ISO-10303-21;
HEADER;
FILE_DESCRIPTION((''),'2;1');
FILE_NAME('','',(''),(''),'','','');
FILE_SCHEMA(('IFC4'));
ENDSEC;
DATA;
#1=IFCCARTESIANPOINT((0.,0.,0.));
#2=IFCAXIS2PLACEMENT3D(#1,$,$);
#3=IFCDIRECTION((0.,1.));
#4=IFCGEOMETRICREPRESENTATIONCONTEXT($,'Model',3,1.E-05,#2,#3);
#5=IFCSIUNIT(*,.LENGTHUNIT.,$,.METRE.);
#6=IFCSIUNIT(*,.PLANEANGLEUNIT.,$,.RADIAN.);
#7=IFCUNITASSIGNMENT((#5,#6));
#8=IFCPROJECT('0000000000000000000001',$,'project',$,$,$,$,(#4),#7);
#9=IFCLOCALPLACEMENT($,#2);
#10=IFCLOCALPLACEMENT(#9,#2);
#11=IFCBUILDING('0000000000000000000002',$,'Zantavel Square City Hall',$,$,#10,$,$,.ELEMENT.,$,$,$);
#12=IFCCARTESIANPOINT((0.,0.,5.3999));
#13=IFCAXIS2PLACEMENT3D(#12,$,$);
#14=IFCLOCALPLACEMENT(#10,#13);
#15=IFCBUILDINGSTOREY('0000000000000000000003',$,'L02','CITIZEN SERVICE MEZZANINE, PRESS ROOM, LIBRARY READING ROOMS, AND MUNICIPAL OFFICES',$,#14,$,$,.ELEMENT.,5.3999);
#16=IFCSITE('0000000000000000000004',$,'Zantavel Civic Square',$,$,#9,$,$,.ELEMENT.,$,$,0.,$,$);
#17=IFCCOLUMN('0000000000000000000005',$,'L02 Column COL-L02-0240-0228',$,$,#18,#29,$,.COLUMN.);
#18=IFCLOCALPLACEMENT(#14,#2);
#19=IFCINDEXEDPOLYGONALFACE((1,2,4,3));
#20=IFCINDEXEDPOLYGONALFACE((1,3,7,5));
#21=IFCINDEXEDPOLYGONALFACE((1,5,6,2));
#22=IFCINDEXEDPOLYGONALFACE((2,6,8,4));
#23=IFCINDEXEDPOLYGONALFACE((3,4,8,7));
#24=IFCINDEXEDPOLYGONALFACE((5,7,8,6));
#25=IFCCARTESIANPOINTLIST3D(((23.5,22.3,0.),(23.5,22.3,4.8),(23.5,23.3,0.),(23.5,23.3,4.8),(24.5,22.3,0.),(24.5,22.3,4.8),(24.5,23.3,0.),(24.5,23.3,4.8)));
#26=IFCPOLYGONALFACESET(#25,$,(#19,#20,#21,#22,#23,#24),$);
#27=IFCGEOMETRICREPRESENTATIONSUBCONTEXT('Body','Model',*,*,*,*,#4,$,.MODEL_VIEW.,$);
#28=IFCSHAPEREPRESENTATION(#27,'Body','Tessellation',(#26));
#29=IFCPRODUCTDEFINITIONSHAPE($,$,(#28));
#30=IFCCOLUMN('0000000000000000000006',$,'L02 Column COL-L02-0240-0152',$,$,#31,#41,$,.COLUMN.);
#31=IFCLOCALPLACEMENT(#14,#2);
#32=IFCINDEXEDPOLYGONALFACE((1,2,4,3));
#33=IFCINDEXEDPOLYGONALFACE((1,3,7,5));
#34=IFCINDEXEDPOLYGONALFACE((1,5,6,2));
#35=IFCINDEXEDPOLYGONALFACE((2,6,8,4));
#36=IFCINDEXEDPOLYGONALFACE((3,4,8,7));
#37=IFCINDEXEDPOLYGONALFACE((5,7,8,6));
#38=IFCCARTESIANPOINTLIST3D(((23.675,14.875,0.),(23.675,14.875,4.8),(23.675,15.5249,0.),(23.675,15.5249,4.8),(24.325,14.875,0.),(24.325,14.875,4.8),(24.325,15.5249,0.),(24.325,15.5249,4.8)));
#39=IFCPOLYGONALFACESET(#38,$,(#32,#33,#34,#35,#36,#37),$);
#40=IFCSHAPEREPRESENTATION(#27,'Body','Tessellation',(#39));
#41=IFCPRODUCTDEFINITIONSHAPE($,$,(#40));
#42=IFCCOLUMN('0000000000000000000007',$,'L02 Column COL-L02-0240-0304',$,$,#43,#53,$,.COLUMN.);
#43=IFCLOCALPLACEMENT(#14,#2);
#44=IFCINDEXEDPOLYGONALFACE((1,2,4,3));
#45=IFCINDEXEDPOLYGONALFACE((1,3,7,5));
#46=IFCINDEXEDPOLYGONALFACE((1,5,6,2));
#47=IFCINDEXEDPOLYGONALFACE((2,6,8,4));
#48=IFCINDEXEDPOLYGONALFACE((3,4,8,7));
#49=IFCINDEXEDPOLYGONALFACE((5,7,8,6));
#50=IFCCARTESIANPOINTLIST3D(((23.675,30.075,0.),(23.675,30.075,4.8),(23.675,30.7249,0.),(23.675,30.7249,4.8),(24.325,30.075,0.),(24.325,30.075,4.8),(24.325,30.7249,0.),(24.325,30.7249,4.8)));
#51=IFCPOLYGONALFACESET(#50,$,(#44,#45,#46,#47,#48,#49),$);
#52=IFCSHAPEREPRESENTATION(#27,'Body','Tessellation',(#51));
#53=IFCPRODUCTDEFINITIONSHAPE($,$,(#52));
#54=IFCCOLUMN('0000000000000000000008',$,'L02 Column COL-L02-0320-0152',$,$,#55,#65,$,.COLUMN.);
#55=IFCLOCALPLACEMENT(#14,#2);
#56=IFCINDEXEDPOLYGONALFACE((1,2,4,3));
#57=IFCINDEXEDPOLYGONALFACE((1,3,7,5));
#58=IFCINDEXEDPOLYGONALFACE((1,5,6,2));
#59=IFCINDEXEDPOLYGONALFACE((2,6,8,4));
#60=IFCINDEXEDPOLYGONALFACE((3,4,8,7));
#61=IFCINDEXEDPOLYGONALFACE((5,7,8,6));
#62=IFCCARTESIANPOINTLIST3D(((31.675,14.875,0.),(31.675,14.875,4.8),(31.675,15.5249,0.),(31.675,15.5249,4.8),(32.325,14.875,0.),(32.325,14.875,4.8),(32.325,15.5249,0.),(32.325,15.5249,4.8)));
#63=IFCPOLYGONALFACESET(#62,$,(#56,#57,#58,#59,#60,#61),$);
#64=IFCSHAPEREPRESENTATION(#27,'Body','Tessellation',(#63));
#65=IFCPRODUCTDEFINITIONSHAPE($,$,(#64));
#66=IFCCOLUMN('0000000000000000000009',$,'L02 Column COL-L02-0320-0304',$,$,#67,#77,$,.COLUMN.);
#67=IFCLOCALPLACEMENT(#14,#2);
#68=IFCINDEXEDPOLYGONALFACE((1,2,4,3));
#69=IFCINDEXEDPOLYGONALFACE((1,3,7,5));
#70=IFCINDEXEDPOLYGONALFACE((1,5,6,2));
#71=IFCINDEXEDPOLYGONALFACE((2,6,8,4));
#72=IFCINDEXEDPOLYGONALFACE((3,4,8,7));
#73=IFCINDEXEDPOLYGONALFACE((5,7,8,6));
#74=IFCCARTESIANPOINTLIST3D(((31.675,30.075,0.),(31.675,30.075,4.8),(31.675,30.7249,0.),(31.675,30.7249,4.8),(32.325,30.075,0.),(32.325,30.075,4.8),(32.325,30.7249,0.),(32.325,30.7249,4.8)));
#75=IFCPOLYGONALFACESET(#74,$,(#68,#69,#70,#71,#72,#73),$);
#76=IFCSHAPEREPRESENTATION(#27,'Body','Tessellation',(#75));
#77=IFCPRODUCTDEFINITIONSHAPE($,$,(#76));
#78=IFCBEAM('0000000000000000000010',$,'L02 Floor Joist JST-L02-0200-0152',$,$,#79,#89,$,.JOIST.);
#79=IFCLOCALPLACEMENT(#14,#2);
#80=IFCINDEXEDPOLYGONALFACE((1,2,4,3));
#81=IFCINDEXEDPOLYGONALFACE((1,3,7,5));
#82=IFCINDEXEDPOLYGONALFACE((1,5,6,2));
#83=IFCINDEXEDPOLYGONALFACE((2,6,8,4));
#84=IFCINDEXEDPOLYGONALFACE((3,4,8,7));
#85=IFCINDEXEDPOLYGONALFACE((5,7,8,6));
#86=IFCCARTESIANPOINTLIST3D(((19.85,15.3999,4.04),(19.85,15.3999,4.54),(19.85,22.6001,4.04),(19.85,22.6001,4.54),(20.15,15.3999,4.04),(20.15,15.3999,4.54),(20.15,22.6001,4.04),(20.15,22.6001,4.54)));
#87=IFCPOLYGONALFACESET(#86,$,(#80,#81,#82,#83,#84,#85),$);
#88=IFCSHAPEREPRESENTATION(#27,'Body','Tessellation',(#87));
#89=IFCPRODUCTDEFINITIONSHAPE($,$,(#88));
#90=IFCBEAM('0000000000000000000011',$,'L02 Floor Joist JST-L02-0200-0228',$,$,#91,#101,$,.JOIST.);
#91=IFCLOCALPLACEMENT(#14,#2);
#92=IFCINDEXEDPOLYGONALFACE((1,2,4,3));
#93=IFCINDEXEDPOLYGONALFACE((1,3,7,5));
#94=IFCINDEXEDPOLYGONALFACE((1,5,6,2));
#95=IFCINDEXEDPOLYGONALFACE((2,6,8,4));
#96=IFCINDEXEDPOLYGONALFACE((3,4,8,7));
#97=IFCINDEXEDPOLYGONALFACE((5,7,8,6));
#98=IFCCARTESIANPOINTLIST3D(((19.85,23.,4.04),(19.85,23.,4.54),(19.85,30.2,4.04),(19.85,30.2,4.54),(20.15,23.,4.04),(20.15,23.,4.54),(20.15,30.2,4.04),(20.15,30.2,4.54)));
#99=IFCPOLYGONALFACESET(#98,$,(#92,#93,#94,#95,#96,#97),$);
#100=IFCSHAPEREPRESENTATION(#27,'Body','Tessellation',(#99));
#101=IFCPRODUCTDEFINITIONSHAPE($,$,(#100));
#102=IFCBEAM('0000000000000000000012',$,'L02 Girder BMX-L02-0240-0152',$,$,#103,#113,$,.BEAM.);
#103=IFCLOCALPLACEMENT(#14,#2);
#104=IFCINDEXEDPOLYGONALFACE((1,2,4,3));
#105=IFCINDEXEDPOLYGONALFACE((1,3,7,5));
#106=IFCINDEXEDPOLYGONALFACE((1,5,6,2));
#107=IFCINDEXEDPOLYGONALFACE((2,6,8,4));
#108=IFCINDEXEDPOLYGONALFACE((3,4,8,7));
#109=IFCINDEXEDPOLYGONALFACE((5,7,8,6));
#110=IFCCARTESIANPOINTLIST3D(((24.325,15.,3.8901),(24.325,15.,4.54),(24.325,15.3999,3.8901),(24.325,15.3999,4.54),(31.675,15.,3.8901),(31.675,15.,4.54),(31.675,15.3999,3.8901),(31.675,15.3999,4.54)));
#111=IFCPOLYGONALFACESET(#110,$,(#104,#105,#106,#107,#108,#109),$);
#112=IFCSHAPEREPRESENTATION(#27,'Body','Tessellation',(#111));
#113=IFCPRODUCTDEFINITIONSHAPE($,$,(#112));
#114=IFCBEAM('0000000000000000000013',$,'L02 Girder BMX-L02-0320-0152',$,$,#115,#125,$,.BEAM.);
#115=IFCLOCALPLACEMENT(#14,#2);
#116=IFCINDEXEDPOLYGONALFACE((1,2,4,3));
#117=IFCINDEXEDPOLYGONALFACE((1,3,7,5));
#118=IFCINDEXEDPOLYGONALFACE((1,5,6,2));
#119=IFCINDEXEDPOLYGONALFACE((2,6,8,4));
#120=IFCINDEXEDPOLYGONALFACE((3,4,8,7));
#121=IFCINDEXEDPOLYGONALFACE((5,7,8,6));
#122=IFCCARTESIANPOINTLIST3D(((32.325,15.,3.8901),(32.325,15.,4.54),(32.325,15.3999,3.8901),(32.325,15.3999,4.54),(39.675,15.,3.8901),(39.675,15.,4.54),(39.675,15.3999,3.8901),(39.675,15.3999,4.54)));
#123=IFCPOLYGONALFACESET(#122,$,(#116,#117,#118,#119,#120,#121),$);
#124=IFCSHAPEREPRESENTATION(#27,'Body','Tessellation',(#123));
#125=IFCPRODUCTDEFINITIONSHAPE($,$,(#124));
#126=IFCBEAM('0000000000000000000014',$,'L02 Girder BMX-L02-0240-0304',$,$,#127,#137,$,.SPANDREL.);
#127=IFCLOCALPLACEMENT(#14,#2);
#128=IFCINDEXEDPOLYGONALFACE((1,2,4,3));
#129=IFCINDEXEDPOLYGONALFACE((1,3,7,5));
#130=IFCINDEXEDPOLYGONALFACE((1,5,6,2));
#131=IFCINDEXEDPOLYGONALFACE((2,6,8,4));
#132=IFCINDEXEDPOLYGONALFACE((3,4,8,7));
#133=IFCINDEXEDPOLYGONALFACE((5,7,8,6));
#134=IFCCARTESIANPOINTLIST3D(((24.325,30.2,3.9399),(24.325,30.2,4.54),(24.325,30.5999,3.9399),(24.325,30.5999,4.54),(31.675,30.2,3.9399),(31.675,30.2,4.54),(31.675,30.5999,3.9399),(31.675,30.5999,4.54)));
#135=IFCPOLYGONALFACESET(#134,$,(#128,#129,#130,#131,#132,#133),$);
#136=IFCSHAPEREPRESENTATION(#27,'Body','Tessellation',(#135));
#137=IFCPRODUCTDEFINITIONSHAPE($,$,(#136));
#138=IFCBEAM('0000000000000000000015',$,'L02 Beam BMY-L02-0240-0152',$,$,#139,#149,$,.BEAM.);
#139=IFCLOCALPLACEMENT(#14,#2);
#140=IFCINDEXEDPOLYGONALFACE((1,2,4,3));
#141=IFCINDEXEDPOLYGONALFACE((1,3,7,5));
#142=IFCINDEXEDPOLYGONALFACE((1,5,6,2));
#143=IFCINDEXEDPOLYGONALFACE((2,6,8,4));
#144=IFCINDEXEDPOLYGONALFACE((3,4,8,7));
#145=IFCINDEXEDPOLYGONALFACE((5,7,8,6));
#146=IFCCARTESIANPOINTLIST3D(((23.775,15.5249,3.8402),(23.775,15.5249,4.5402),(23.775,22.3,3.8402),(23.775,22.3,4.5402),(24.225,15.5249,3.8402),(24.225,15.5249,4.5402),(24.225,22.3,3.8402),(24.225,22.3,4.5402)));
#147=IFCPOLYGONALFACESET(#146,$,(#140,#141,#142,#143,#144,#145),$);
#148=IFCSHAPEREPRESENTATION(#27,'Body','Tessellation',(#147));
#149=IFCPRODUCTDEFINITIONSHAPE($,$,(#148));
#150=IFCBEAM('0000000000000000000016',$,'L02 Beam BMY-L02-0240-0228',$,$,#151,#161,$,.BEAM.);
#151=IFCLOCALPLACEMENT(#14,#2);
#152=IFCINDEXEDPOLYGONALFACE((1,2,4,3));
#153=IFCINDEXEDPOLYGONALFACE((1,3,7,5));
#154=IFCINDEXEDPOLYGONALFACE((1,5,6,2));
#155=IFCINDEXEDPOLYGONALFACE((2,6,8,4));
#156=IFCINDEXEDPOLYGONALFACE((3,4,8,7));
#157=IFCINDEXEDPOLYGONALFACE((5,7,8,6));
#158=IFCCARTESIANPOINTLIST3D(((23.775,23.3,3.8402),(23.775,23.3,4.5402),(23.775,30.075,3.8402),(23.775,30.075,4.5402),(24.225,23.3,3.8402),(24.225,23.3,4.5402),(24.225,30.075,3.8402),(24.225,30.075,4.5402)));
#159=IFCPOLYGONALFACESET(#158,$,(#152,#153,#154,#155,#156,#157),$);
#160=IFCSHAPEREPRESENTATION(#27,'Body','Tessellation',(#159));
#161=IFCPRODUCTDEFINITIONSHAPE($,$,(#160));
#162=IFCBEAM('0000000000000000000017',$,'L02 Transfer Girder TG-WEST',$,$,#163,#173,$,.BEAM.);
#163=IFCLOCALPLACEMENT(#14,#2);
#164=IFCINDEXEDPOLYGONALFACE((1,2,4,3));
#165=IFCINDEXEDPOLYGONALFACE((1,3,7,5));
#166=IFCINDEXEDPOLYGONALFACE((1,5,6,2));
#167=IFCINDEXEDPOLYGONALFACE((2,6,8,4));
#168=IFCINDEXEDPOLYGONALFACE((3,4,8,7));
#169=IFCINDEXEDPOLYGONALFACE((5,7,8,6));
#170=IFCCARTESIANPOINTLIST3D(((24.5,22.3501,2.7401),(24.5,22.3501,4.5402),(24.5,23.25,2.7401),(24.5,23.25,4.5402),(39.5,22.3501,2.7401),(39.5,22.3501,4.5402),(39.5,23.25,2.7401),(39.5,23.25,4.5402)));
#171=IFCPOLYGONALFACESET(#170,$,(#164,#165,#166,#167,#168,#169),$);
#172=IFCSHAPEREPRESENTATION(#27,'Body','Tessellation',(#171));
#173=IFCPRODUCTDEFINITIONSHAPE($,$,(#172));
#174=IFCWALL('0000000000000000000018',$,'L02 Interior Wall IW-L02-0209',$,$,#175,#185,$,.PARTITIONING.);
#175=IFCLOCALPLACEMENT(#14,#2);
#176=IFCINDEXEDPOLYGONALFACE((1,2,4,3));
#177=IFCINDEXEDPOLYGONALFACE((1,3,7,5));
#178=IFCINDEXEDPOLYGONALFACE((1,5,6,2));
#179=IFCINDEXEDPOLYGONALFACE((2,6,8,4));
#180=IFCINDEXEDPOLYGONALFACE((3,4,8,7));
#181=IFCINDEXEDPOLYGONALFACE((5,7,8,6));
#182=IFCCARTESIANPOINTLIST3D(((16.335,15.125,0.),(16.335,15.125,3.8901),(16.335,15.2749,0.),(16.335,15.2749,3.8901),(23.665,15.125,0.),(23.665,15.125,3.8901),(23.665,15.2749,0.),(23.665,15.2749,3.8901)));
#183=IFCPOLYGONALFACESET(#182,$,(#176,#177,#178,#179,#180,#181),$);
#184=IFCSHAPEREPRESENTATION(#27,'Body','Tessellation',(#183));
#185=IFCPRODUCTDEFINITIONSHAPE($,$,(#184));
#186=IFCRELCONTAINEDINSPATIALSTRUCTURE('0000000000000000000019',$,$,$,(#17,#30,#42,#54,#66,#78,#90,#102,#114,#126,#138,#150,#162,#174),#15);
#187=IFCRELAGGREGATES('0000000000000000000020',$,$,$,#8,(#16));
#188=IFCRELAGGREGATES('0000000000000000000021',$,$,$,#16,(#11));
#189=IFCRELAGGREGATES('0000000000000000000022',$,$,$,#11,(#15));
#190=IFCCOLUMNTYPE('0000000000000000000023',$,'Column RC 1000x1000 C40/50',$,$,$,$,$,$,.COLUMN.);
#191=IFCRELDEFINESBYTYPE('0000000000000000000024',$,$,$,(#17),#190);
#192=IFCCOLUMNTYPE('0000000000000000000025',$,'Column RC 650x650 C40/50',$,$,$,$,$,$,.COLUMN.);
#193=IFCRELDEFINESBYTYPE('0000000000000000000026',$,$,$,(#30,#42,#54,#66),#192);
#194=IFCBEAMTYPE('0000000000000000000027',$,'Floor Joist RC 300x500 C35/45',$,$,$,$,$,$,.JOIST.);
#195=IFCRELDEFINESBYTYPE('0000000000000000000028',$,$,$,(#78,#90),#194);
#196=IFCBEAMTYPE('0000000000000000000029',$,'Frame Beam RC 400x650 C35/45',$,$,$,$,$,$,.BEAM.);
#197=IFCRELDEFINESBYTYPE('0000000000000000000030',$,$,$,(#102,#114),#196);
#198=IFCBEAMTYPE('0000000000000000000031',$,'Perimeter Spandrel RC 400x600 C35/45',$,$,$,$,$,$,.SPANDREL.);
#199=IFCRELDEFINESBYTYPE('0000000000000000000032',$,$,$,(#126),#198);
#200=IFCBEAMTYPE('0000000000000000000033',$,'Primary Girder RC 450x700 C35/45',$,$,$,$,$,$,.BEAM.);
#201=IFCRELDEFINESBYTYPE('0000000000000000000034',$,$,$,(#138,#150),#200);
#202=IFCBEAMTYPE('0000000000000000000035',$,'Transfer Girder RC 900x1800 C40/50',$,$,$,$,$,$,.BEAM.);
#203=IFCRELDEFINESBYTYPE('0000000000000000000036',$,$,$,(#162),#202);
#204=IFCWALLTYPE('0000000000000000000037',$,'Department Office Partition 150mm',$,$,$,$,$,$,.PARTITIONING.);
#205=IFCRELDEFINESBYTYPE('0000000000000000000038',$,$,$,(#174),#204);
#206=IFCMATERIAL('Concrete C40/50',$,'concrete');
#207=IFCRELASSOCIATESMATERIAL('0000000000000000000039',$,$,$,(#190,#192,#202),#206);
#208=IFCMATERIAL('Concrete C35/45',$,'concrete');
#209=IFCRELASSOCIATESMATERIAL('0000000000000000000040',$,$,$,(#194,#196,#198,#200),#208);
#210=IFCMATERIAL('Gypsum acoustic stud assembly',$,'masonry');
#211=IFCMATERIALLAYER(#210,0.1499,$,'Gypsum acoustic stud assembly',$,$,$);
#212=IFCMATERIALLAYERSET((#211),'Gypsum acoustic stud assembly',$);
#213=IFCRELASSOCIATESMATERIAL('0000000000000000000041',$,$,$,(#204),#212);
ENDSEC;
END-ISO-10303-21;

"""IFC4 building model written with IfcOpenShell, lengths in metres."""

from ifc_helpers import new_model, si_unit, direction, frame, frame_2d, origin, origin_2d, place, context, subcontext, project, spatial, rectangle, extrude, material, layer, layer_set, material_profile, profile_set, type_object, element, save


model = new_model("IFC4")

# Units and contexts
model_context = context("Model", 3, precision=1e-05, world=origin(), true_north=direction((0.0, 1.0)))
body_context = subcontext(model_context, "Body", "Model", "MODEL_VIEW")
ifc_project = project(units=[si_unit("LENGTHUNIT", "METRE"), si_unit("PLANEANGLEUNIT", "RADIAN")], contexts=[model_context])

# Site, building, storey
site_placement = place(None, origin())
site = spatial("IfcSite", under=ifc_project, at=site_placement, Name="Zantavel Civic Square", CompositionType="ELEMENT", RefElevation=0.0)
building_placement = place(site_placement, origin())
building = spatial("IfcBuilding", under=site, at=building_placement, Name="Zantavel Square City Hall", CompositionType="ELEMENT")
storey_placement = place(building_placement, frame((0.0, 0.0, 5.3999)))
storey = spatial("IfcBuildingStorey", under=building, at=storey_placement, Name="L02", Description="CITIZEN SERVICE MEZZANINE, PRESS ROOM, LIBRARY READING ROOMS, AND MUNICIPAL OFFICES", CompositionType="ELEMENT", Elevation=5.3999)

# Columns
ifc_material_1 = material(Name="Concrete C40/50", Category="concrete")
ifc_material_profile_1 = material_profile(ifc_material_1, rectangle(XDim=1.0, YDim=1.0, at=origin_2d()), Name="RC 1000x1000")
ifc_profile_set_1 = profile_set([ifc_material_profile_1], Name="Concrete C40/50")
column_type_1 = type_object("IfcColumnType", Name="Column RC 1000x1000 C40/50", PredefinedType="COLUMN", material=ifc_profile_set_1)
column_placement = place(storey_placement, frame((24.0, 22.8, 0.0), z_axis=(0.0, 0.0, 1.0), x_axis=(1.0, 0.0, 0.0)))
element("IfcColumn", 1, at=column_placement, inside=storey, type_object=column_type_1, Name="L02 Column COL-L02-0240-0228", PredefinedType="COLUMN", context=body_context, shape_type="SweptSolid", body=[
    extrude(rectangle(XDim=1.0, YDim=1.0, at=origin_2d()), origin(), (0.0, 0.0, 1.0), 4.8),
])
ifc_material_profile_2 = material_profile(ifc_material_1, rectangle(XDim=0.6499, YDim=0.6499, at=origin_2d()), Name="RC 650x650")
ifc_profile_set_2 = profile_set([ifc_material_profile_2], Name="Concrete C40/50")
column_type_2 = type_object("IfcColumnType", Name="Column RC 650x650 C40/50", PredefinedType="COLUMN", material=ifc_profile_set_2)
for number, where, z_axis, x_axis, name in (
    (2, (24.0, 15.2, 0.0), (0.0, 0.0, 1.0), (1.0, 0.0, 0.0), "L02 Column COL-L02-0240-0152"),
    (3, (24.0, 30.3999, 0.0), (0.0, 0.0, 1.0), (1.0, 0.0, 0.0), "L02 Column COL-L02-0240-0304"),
    (4, (32.0, 15.2, 0.0), (0.0, 0.0, 1.0), (1.0, 0.0, 0.0), "L02 Column COL-L02-0320-0152"),
    (5, (32.0, 30.3999, 0.0), (0.0, 0.0, 1.0), (1.0, 0.0, 0.0), "L02 Column COL-L02-0320-0304"),
):
    element("IfcColumn", number, at=place(storey_placement, frame(where, z_axis=z_axis, x_axis=x_axis)), inside=storey, type_object=column_type_2, Name=name, PredefinedType="COLUMN", context=body_context, shape_type="SweptSolid", body=[
        extrude(rectangle(XDim=0.6499, YDim=0.6499, at=origin_2d()), origin(), (0.0, 0.0, 1.0), 4.8),
    ])

# Beams
ifc_material_2 = material(Name="Concrete C35/45", Category="concrete")
ifc_material_profile_3 = material_profile(ifc_material_2, rectangle(XDim=0.3, YDim=0.5, at=origin_2d()), Name="RC 300x500")
ifc_profile_set_3 = profile_set([ifc_material_profile_3], Name="Concrete C35/45")
beam_type_1 = type_object("IfcBeamType", Name="Floor Joist RC 300x500 C35/45", PredefinedType="JOIST", material=ifc_profile_set_3)
beam_1_placement = place(storey_placement, frame((20.0, 15.3999, 4.29), z_axis=(0.0, 1.0, 0.0), x_axis=(-1.0, 0.0, 0.0)))
element("IfcBeam", 6, at=beam_1_placement, inside=storey, type_object=beam_type_1, Name="L02 Floor Joist JST-L02-0200-0152", PredefinedType="JOIST", context=body_context, shape_type="SweptSolid", body=[
    extrude(rectangle(XDim=0.3, YDim=0.5, at=origin_2d()), origin(), (0.0, 0.0, 1.0), 7.2002),
])
beam_2_placement = place(storey_placement, frame((20.0, 23.0, 4.29), z_axis=(0.0, 1.0, 0.0), x_axis=(-1.0, 0.0, 0.0)))
element("IfcBeam", 7, at=beam_2_placement, inside=storey, type_object=beam_type_1, Name="L02 Floor Joist JST-L02-0200-0228", PredefinedType="JOIST", context=body_context, shape_type="SweptSolid", body=[
    extrude(rectangle(XDim=0.3, YDim=0.5, at=origin_2d()), origin(), (0.0, 0.0, 1.0), 7.2),
])
ifc_material_profile_4 = material_profile(ifc_material_2, rectangle(XDim=0.3999, YDim=0.6499, at=origin_2d()), Name="RC 400x650")
ifc_profile_set_4 = profile_set([ifc_material_profile_4], Name="Concrete C35/45")
beam_type_2 = type_object("IfcBeamType", Name="Frame Beam RC 400x650 C35/45", PredefinedType="BEAM", material=ifc_profile_set_4)
for number, where, z_axis, x_axis, name in (
    (8, (24.325, 15.2, 4.2151), (1.0, 0.0, 0.0), (0.0, 1.0, 0.0), "L02 Girder BMX-L02-0240-0152"),
    (9, (32.325, 15.2, 4.2151), (1.0, 0.0, 0.0), (0.0, 1.0, 0.0), "L02 Girder BMX-L02-0320-0152"),
):
    element("IfcBeam", number, at=place(storey_placement, frame(where, z_axis=z_axis, x_axis=x_axis)), inside=storey, type_object=beam_type_2, Name=name, PredefinedType="BEAM", context=body_context, shape_type="SweptSolid", body=[
        extrude(rectangle(XDim=0.3999, YDim=0.6499, at=origin_2d()), origin(), (0.0, 0.0, 1.0), 7.3501),
    ])
ifc_material_profile_5 = material_profile(ifc_material_2, rectangle(XDim=0.3999, YDim=0.6001, at=origin_2d()), Name="RC 400x600")
ifc_profile_set_5 = profile_set([ifc_material_profile_5], Name="Concrete C35/45")
beam_type_3 = type_object("IfcBeamType", Name="Perimeter Spandrel RC 400x600 C35/45", PredefinedType="SPANDREL", material=ifc_profile_set_5)
beam_3_placement = place(storey_placement, frame((24.325, 30.3999, 4.24), z_axis=(1.0, 0.0, 0.0), x_axis=(0.0, 1.0, 0.0)))
element("IfcBeam", 10, at=beam_3_placement, inside=storey, type_object=beam_type_3, Name="L02 Girder BMX-L02-0240-0304", PredefinedType="SPANDREL", context=body_context, shape_type="SweptSolid", body=[
    extrude(rectangle(XDim=0.3999, YDim=0.6001, at=origin_2d()), origin(), (0.0, 0.0, 1.0), 7.3501),
])
ifc_material_profile_6 = material_profile(ifc_material_2, rectangle(XDim=0.45, YDim=0.7, at=origin_2d()), Name="RC 450x700")
ifc_profile_set_6 = profile_set([ifc_material_profile_6], Name="Concrete C35/45")
beam_type_4 = type_object("IfcBeamType", Name="Primary Girder RC 450x700 C35/45", PredefinedType="BEAM", material=ifc_profile_set_6)
beam_4_placement = place(storey_placement, frame((24.0, 15.5249, 4.1902), z_axis=(0.0, 1.0, 0.0), x_axis=(-1.0, 0.0, 0.0)))
element("IfcBeam", 11, at=beam_4_placement, inside=storey, type_object=beam_type_4, Name="L02 Beam BMY-L02-0240-0152", PredefinedType="BEAM", context=body_context, shape_type="SweptSolid", body=[
    extrude(rectangle(XDim=0.45, YDim=0.7, at=origin_2d()), origin(), (0.0, 0.0, 1.0), 6.7751),
])
beam_5_placement = place(storey_placement, frame((24.0, 23.3, 4.1902), z_axis=(0.0, 1.0, 0.0), x_axis=(-1.0, 0.0, 0.0)))
element("IfcBeam", 12, at=beam_5_placement, inside=storey, type_object=beam_type_4, Name="L02 Beam BMY-L02-0240-0228", PredefinedType="BEAM", context=body_context, shape_type="SweptSolid", body=[
    extrude(rectangle(XDim=0.45, YDim=0.7, at=origin_2d()), origin(), (0.0, 0.0, 1.0), 6.7749),
])
ifc_material_profile_7 = material_profile(ifc_material_1, rectangle(XDim=0.8999, YDim=1.8, at=origin_2d()), Name="RC 900x1800")
ifc_profile_set_7 = profile_set([ifc_material_profile_7], Name="Concrete C40/50")
beam_type_5 = type_object("IfcBeamType", Name="Transfer Girder RC 900x1800 C40/50", PredefinedType="BEAM", material=ifc_profile_set_7)
beam_6_placement = place(storey_placement, frame((24.5, 22.8, 3.6401), z_axis=(1.0, 0.0, 0.0), x_axis=(0.0, 1.0, 0.0)))
element("IfcBeam", 13, at=beam_6_placement, inside=storey, type_object=beam_type_5, Name="L02 Transfer Girder TG-WEST", PredefinedType="BEAM", context=body_context, shape_type="SweptSolid", body=[
    extrude(rectangle(XDim=0.8999, YDim=1.8, at=origin_2d()), origin(), (0.0, 0.0, 1.0), 15.0),
])

# Wall
ifc_material_3 = material(Name="Gypsum acoustic stud assembly", Category="masonry")
ifc_layer_1 = layer(ifc_material_3, 0.1499, Name="Gypsum acoustic stud assembly")
ifc_layer_set_1 = layer_set([ifc_layer_1], Name="Gypsum acoustic stud assembly")
wall_type_1 = type_object("IfcWallType", Name="Department Office Partition 150mm", PredefinedType="PARTITIONING", material=ifc_layer_set_1)
wall_1_placement = place(storey_placement, frame((23.665, 15.2, 0.0), z_axis=(0.0, 0.0, 1.0), x_axis=(-1.0, 0.0, 0.0)))
element("IfcWall", 14, at=wall_1_placement, inside=storey, type_object=wall_type_1, Name="L02 Interior Wall IW-L02-0209", PredefinedType="PARTITIONING", context=body_context, shape_type="SweptSolid", body=[
    extrude(rectangle(XDim=7.3301, YDim=0.1499, at=frame_2d((3.665, 0.0))), origin(), (0.0, 0.0, 1.0), 3.8901),
])

save(model, "model.ifc")
